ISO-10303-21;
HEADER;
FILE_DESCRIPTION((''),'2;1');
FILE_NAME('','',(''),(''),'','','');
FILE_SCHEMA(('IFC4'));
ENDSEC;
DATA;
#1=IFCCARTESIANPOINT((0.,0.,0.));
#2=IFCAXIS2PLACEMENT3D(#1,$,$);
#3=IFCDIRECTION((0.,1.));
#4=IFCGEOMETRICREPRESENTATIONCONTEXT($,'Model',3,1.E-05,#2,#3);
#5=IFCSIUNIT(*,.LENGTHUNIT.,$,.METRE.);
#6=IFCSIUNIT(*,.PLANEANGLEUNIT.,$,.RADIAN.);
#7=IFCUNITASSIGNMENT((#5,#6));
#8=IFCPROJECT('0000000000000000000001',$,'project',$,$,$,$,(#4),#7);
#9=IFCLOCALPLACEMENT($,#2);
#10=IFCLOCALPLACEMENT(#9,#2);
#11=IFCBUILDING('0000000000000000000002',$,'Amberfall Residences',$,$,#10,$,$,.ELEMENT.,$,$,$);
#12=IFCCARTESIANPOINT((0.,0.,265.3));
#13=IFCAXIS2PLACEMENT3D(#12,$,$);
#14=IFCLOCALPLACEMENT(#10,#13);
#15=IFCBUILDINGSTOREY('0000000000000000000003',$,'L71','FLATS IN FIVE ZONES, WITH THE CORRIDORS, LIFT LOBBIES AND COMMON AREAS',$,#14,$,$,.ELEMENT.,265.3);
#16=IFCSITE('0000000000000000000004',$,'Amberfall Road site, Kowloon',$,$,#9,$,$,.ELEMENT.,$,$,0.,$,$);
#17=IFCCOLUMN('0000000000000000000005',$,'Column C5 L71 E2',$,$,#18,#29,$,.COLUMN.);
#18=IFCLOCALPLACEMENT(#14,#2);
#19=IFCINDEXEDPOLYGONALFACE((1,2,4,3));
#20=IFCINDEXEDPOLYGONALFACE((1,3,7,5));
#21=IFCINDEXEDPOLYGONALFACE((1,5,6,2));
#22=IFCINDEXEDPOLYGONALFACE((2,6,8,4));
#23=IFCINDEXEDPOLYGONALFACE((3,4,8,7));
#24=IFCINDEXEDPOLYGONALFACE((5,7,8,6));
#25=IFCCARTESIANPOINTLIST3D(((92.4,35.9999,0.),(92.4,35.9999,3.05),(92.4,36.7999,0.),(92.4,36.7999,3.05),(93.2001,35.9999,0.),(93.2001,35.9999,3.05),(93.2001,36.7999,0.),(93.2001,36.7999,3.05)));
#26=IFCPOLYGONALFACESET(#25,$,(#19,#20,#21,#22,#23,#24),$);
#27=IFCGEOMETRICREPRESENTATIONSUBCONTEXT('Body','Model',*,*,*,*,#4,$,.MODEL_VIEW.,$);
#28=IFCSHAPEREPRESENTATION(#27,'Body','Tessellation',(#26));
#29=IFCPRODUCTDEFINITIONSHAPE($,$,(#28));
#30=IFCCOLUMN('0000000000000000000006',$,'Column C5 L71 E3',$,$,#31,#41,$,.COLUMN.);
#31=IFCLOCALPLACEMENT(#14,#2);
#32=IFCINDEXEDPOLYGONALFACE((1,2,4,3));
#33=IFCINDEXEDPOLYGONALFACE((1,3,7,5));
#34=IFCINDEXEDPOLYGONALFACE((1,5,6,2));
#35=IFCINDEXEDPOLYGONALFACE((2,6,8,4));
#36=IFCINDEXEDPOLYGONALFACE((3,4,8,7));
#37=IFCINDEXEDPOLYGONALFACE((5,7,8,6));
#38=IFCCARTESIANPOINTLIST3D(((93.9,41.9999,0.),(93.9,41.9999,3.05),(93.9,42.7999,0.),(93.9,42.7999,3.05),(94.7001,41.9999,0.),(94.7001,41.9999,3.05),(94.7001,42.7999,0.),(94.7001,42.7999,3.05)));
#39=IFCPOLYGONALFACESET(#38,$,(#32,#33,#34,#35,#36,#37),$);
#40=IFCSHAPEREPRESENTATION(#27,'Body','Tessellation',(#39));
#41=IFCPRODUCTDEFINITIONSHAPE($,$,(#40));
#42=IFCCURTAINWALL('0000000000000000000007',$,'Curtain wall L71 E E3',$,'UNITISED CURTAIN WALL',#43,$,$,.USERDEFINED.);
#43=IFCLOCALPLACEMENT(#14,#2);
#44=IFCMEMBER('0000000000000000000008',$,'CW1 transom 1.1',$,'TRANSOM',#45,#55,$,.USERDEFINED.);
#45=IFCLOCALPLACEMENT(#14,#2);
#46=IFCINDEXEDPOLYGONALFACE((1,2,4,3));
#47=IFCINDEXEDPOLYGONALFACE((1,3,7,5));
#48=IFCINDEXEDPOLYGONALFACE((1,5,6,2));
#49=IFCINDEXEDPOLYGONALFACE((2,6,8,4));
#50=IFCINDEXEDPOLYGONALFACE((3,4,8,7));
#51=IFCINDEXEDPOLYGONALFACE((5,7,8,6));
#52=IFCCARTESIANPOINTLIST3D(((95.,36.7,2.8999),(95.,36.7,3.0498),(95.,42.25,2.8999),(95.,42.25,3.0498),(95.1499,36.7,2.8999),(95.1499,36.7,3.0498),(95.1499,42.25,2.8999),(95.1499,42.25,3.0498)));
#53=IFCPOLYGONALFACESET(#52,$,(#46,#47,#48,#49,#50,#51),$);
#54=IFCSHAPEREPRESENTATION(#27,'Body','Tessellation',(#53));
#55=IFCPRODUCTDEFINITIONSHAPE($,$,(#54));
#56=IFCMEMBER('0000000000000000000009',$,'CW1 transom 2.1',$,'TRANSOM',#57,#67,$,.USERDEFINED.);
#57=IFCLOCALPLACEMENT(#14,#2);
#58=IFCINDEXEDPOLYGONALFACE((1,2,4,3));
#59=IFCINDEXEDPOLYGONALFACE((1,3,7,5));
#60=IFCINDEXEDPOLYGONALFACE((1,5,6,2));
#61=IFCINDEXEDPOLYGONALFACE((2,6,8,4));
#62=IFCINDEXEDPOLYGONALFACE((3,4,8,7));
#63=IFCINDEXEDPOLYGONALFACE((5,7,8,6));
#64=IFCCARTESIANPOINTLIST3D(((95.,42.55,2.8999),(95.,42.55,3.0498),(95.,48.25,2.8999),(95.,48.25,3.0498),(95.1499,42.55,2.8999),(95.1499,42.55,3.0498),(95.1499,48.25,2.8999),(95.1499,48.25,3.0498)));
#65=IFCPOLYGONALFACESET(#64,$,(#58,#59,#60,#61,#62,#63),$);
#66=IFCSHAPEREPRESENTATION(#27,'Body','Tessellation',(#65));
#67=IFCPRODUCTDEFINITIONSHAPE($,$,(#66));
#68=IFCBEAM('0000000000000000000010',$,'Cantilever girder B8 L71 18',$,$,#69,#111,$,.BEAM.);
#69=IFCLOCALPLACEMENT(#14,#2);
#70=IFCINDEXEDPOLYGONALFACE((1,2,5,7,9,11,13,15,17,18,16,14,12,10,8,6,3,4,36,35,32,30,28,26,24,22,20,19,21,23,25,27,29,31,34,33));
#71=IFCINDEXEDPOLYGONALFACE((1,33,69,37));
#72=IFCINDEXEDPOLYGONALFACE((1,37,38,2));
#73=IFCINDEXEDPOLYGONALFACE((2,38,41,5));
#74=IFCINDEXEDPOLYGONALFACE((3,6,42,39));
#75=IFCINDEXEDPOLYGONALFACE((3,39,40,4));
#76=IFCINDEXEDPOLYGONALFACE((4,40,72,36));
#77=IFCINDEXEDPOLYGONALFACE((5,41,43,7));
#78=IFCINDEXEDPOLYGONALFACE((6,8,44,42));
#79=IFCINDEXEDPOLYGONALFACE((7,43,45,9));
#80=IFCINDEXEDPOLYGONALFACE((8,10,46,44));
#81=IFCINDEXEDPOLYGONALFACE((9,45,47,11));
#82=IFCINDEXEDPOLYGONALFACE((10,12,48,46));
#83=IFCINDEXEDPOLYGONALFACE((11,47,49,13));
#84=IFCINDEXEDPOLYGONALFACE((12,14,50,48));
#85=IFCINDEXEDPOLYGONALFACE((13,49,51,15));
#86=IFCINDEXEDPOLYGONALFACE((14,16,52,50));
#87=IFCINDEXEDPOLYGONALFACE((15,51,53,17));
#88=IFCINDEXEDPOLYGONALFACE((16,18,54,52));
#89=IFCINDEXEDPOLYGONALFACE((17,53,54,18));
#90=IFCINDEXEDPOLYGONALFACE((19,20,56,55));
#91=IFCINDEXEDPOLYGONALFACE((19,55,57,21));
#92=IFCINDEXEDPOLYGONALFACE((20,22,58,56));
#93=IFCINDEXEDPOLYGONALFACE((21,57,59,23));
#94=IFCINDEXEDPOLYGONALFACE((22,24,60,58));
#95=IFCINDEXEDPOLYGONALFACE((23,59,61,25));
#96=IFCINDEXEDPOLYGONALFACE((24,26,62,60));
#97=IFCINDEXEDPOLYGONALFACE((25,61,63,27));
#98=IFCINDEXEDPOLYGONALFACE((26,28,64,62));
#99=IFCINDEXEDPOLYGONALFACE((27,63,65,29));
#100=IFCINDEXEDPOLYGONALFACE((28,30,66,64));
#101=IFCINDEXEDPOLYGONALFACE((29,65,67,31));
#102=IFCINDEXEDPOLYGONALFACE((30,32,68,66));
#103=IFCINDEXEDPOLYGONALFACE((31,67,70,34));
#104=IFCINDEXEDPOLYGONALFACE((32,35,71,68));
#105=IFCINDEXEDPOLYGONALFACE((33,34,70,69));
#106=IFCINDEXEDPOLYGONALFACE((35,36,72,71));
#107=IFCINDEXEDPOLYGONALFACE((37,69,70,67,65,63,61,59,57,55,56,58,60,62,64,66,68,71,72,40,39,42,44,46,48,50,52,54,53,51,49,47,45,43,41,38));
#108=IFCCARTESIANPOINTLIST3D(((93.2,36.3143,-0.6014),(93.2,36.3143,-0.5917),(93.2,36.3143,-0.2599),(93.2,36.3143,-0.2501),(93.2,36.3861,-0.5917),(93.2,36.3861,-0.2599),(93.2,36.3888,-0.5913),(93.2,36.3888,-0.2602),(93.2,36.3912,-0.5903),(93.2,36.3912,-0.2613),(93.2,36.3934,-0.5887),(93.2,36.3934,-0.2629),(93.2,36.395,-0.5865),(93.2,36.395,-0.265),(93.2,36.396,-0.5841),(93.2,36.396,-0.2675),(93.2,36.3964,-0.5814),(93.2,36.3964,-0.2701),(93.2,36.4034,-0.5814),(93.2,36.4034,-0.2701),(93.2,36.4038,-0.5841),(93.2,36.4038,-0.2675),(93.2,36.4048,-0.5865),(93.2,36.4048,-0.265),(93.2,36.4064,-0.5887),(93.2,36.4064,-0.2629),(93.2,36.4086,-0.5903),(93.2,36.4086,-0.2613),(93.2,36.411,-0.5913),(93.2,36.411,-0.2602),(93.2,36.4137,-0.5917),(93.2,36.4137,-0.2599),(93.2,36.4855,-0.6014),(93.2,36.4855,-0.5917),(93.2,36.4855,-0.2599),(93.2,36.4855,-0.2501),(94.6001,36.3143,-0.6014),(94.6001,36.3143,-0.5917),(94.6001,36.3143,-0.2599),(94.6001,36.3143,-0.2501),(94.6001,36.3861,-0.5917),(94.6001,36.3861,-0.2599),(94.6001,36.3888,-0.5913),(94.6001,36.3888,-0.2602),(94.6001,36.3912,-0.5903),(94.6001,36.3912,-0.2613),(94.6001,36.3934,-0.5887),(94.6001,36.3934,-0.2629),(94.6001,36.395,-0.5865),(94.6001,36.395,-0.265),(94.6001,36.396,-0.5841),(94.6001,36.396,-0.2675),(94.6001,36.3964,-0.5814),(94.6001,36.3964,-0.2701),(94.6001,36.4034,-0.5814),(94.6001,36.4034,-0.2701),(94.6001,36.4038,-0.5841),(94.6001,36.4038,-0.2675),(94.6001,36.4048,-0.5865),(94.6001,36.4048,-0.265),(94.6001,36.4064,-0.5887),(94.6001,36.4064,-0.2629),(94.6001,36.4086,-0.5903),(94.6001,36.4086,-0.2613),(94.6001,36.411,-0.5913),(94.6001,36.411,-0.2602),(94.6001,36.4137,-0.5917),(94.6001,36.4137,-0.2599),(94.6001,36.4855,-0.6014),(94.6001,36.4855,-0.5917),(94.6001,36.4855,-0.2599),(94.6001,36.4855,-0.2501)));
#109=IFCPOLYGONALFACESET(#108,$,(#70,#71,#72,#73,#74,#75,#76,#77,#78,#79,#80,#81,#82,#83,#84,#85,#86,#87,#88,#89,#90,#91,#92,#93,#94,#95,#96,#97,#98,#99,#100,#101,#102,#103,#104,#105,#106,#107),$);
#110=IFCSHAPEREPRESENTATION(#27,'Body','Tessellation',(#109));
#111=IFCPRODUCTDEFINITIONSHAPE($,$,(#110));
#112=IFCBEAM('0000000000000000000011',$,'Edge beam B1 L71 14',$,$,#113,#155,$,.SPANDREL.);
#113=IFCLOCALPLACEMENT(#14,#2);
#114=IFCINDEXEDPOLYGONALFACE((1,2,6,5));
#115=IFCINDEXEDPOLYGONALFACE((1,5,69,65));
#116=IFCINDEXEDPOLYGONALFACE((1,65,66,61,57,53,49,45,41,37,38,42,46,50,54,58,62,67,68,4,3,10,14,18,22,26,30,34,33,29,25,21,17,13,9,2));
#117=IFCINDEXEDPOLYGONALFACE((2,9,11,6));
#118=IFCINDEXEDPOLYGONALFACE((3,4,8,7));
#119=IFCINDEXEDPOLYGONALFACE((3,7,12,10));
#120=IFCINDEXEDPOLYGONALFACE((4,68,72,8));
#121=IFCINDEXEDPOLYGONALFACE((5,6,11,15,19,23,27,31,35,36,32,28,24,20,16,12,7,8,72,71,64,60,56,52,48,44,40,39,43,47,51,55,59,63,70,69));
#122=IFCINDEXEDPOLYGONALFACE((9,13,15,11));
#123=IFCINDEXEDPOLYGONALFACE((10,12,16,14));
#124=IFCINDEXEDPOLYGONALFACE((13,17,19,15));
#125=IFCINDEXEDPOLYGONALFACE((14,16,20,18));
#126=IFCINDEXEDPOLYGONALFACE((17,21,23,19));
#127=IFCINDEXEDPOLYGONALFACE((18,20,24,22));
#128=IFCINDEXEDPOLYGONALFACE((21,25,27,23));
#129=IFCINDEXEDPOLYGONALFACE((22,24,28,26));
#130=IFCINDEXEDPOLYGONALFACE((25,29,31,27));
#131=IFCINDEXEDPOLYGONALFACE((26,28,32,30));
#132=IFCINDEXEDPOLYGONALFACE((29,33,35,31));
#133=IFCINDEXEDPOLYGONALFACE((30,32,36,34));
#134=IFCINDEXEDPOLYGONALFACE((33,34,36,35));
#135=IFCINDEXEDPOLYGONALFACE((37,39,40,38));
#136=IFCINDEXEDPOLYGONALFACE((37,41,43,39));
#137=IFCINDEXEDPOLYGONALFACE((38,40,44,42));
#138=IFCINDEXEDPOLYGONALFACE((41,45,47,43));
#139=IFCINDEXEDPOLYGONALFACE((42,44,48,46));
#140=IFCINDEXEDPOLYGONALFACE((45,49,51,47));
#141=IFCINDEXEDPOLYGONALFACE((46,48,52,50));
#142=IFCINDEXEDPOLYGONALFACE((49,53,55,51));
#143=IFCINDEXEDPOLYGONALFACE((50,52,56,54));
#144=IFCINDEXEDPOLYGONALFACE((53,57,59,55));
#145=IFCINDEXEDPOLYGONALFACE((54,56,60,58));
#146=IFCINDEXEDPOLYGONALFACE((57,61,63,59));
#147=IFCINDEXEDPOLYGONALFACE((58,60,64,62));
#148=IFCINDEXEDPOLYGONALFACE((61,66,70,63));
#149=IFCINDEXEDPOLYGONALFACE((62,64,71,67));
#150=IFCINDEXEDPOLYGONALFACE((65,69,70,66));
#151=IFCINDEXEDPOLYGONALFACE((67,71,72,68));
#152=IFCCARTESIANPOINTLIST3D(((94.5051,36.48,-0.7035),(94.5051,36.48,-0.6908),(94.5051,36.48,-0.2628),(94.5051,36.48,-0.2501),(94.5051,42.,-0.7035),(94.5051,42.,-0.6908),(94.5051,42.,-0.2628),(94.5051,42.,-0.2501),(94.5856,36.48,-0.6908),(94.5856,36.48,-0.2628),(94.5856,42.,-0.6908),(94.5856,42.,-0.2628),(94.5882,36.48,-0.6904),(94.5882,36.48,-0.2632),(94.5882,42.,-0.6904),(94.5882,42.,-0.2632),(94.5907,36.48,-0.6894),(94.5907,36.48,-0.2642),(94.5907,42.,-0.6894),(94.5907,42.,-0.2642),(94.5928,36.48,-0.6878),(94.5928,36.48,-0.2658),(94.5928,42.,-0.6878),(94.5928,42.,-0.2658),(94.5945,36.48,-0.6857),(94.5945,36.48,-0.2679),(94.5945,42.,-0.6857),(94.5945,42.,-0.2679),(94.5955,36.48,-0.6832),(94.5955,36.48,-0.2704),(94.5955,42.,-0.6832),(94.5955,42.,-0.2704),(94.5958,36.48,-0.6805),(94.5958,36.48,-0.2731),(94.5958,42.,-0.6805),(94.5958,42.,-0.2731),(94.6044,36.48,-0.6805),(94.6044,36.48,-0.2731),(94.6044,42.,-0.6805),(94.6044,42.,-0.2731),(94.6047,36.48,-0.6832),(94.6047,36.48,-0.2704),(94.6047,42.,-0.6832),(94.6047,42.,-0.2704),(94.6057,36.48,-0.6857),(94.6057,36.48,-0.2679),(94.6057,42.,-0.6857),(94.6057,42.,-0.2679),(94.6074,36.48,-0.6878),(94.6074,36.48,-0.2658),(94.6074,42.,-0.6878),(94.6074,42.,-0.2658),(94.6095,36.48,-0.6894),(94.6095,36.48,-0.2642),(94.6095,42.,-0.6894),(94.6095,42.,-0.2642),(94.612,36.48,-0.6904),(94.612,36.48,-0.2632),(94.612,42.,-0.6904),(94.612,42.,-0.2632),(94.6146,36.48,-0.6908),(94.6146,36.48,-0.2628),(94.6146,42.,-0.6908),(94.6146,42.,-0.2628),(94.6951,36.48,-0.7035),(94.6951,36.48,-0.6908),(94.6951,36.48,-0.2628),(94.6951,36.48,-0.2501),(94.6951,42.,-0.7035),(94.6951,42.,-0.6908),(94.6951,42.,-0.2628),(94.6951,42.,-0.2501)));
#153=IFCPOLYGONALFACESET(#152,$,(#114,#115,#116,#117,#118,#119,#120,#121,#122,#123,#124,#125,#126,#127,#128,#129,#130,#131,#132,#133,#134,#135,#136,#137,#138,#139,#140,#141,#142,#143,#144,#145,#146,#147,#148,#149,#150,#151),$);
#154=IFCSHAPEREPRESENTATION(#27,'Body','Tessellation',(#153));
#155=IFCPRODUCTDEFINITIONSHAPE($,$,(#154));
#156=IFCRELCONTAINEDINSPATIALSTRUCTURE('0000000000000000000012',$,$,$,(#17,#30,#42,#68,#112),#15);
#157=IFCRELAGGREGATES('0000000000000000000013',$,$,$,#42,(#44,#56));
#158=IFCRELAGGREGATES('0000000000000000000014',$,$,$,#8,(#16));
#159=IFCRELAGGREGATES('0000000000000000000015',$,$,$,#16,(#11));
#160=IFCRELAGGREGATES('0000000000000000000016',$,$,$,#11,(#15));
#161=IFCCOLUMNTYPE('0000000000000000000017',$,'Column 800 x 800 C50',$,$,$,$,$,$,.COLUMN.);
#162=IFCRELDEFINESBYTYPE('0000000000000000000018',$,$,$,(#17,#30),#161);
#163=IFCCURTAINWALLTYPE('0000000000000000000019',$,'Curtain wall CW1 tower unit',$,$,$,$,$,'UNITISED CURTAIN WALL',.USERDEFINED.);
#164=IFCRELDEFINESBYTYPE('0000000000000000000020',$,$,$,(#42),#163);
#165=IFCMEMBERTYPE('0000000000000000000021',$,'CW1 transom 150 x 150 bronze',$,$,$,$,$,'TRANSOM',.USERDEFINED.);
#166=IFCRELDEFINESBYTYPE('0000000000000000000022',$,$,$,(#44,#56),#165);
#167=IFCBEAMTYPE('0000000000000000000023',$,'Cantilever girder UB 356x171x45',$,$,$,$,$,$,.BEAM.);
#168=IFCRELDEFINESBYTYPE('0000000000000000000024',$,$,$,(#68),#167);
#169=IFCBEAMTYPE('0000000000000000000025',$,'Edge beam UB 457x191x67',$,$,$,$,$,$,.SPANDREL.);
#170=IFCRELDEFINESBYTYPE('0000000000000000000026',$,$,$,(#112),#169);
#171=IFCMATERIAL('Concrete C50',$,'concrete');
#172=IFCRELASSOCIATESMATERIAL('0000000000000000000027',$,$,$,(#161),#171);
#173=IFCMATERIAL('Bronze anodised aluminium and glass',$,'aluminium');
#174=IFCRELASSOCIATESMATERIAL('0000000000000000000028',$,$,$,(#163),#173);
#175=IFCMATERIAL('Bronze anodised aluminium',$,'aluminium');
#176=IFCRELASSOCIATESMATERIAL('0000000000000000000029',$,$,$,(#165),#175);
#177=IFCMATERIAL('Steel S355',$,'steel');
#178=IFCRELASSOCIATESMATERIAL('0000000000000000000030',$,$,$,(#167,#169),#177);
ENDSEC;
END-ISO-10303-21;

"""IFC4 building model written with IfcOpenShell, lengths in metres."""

from ifc_helpers import new_model, si_unit, direction, frame, origin, origin_2d, place, context, subcontext, project, spatial, rectangle, i_section, extrude, material, material_profile, profile_set, type_object, element, aggregate, save


model = new_model("IFC4")

# Units and contexts
model_context = context("Model", 3, precision=1e-05, world=origin(), true_north=direction((0.0, 1.0)))
body_context = subcontext(model_context, "Body", "Model", "MODEL_VIEW")
ifc_project = project(units=[si_unit("LENGTHUNIT", "METRE"), si_unit("PLANEANGLEUNIT", "RADIAN")], contexts=[model_context])

# Site, building, storey
site_placement = place(None, origin())
site = spatial("IfcSite", under=ifc_project, at=site_placement, Name="Amberfall Road site, Kowloon", CompositionType="ELEMENT", RefElevation=0.0)
building_placement = place(site_placement, origin())
building = spatial("IfcBuilding", under=site, at=building_placement, Name="Amberfall Residences", CompositionType="ELEMENT")
storey_placement = place(building_placement, frame((0.0, 0.0, 265.3)))
storey = spatial("IfcBuildingStorey", under=building, at=storey_placement, Name="L71", Description="FLATS IN FIVE ZONES, WITH THE CORRIDORS, LIFT LOBBIES AND COMMON AREAS", CompositionType="ELEMENT", Elevation=265.3)

# Columns
ifc_material_1 = material(Name="Concrete C50", Category="concrete")
ifc_material_profile_1 = material_profile(ifc_material_1, rectangle(XDim=0.8, YDim=0.8, at=origin_2d()), Name="Column 800 x 800 C50")
ifc_profile_set_1 = profile_set([ifc_material_profile_1], Name="Concrete C50")
column_type = type_object("IfcColumnType", Name="Column 800 x 800 C50", PredefinedType="COLUMN", material=ifc_profile_set_1)
for number, where, z_axis, x_axis, name in (
    (1, (92.8, 36.3999, 0.0), (0.0, 0.0, 1.0), (1.0, 0.0, 0.0), "Column C5 L71 E2"),
    (2, (94.3, 42.3999, 0.0), (0.0, 0.0, 1.0), (1.0, 0.0, 0.0), "Column C5 L71 E3"),
):
    element("IfcColumn", number, at=place(storey_placement, frame(where, z_axis=z_axis, x_axis=x_axis)), inside=storey, type_object=column_type, Name=name, PredefinedType="COLUMN", context=body_context, shape_type="SweptSolid", body=[
        extrude(rectangle(XDim=0.8, YDim=0.8, at=origin_2d()), origin(), (0.0, 0.0, 1.0), 3.05),
    ])

# Curtain wall, members
ifc_material_2 = material(Name="Bronze anodised aluminium and glass", Category="aluminium")
curtain_wall_type = type_object("IfcCurtainWallType", Name="Curtain wall CW1 tower unit", ElementType="UNITISED CURTAIN WALL", PredefinedType="USERDEFINED", material=ifc_material_2)
curtain_wall_placement = place(storey_placement, origin())
curtain_wall = element("IfcCurtainWall", 3, at=curtain_wall_placement, inside=storey, type_object=curtain_wall_type, Name="Curtain wall L71 E E3", ObjectType="UNITISED CURTAIN WALL", PredefinedType="USERDEFINED")
ifc_material_3 = material(Name="Bronze anodised aluminium", Category="aluminium")
ifc_material_profile_2 = material_profile(ifc_material_3, rectangle(XDim=0.1499, YDim=0.1499, at=origin_2d()), Name="CW1 transom 150 x 150 bronze")
ifc_profile_set_2 = profile_set([ifc_material_profile_2], Name="Bronze anodised aluminium")
member_type_1 = type_object("IfcMemberType", Name="CW1 transom 150 x 150 bronze", ElementType="TRANSOM", PredefinedType="USERDEFINED", material=ifc_profile_set_2)
member_1_placement = place(storey_placement, frame((95.075, 36.7, 2.9749), z_axis=(0.0, 1.0, 0.0), x_axis=(-1.0, 0.0, 0.0)))
member_1 = element("IfcMember", 4, at=member_1_placement, type_object=member_type_1, Name="CW1 transom 1.1", ObjectType="TRANSOM", PredefinedType="USERDEFINED", context=body_context, shape_type="SweptSolid", body=[
    extrude(rectangle(XDim=0.1499, YDim=0.1499, at=origin_2d()), origin(), (0.0, 0.0, 1.0), 5.55),
])
member_2_placement = place(storey_placement, frame((95.075, 42.55, 2.9749), z_axis=(0.0, 1.0, 0.0), x_axis=(-1.0, 0.0, 0.0)))
member_2 = element("IfcMember", 5, at=member_2_placement, type_object=member_type_1, Name="CW1 transom 2.1", ObjectType="TRANSOM", PredefinedType="USERDEFINED", context=body_context, shape_type="SweptSolid", body=[
    extrude(rectangle(XDim=0.1499, YDim=0.1499, at=origin_2d()), origin(), (0.0, 0.0, 1.0), 5.7),
])

# Beams
ifc_material_4 = material(Name="Steel S355", Category="steel")
ifc_material_profile_3 = material_profile(ifc_material_4, i_section(OverallWidth=0.1711, OverallDepth=0.3513, WebThickness=0.0071, FlangeThickness=0.0098, FilletRadius=0.0103, at=origin_2d()), Name="UB 356x171x45")
ifc_profile_set_3 = profile_set([ifc_material_profile_3], Name="Steel S355")
beam_type_1 = type_object("IfcBeamType", Name="Cantilever girder UB 356x171x45", PredefinedType="BEAM", material=ifc_profile_set_3)
beam_1_placement = place(storey_placement, frame((93.2, 36.3999, -0.4258), z_axis=(1.0, 0.0, 0.0), x_axis=(0.0, 1.0, 0.0)))
element("IfcBeam", 6, at=beam_1_placement, inside=storey, type_object=beam_type_1, Name="Cantilever girder B8 L71 18", PredefinedType="BEAM", context=body_context, shape_type="SweptSolid", body=[
    extrude(i_section(OverallWidth=0.1711, OverallDepth=0.3513, WebThickness=0.0071, FlangeThickness=0.0098, FilletRadius=0.0103, at=origin_2d()), origin(), (0.0, 0.0, 1.0), 1.4001),
])
ifc_material_profile_4 = material_profile(ifc_material_4, i_section(OverallWidth=0.1899, OverallDepth=0.4534, WebThickness=0.0085, FlangeThickness=0.0127, FilletRadius=0.0103, at=origin_2d()), Name="UB 457x191x67")
ifc_profile_set_4 = profile_set([ifc_material_profile_4], Name="Steel S355")
beam_type_2 = type_object("IfcBeamType", Name="Edge beam UB 457x191x67", PredefinedType="SPANDREL", material=ifc_profile_set_4)
beam_2_placement = place(storey_placement, frame((94.6001, 36.48, -0.4768), z_axis=(0.0, 1.0, 0.0), x_axis=(-1.0, 0.0, 0.0)))
element("IfcBeam", 7, at=beam_2_placement, inside=storey, type_object=beam_type_2, Name="Edge beam B1 L71 14", PredefinedType="SPANDREL", context=body_context, shape_type="SweptSolid", body=[
    extrude(i_section(OverallWidth=0.1899, OverallDepth=0.4534, WebThickness=0.0085, FlangeThickness=0.0127, FilletRadius=0.0103, at=origin_2d()), origin(), (0.0, 0.0, 1.0), 5.52),
])

aggregate(curtain_wall, [member_1, member_2])

save(model, "model.ifc")
